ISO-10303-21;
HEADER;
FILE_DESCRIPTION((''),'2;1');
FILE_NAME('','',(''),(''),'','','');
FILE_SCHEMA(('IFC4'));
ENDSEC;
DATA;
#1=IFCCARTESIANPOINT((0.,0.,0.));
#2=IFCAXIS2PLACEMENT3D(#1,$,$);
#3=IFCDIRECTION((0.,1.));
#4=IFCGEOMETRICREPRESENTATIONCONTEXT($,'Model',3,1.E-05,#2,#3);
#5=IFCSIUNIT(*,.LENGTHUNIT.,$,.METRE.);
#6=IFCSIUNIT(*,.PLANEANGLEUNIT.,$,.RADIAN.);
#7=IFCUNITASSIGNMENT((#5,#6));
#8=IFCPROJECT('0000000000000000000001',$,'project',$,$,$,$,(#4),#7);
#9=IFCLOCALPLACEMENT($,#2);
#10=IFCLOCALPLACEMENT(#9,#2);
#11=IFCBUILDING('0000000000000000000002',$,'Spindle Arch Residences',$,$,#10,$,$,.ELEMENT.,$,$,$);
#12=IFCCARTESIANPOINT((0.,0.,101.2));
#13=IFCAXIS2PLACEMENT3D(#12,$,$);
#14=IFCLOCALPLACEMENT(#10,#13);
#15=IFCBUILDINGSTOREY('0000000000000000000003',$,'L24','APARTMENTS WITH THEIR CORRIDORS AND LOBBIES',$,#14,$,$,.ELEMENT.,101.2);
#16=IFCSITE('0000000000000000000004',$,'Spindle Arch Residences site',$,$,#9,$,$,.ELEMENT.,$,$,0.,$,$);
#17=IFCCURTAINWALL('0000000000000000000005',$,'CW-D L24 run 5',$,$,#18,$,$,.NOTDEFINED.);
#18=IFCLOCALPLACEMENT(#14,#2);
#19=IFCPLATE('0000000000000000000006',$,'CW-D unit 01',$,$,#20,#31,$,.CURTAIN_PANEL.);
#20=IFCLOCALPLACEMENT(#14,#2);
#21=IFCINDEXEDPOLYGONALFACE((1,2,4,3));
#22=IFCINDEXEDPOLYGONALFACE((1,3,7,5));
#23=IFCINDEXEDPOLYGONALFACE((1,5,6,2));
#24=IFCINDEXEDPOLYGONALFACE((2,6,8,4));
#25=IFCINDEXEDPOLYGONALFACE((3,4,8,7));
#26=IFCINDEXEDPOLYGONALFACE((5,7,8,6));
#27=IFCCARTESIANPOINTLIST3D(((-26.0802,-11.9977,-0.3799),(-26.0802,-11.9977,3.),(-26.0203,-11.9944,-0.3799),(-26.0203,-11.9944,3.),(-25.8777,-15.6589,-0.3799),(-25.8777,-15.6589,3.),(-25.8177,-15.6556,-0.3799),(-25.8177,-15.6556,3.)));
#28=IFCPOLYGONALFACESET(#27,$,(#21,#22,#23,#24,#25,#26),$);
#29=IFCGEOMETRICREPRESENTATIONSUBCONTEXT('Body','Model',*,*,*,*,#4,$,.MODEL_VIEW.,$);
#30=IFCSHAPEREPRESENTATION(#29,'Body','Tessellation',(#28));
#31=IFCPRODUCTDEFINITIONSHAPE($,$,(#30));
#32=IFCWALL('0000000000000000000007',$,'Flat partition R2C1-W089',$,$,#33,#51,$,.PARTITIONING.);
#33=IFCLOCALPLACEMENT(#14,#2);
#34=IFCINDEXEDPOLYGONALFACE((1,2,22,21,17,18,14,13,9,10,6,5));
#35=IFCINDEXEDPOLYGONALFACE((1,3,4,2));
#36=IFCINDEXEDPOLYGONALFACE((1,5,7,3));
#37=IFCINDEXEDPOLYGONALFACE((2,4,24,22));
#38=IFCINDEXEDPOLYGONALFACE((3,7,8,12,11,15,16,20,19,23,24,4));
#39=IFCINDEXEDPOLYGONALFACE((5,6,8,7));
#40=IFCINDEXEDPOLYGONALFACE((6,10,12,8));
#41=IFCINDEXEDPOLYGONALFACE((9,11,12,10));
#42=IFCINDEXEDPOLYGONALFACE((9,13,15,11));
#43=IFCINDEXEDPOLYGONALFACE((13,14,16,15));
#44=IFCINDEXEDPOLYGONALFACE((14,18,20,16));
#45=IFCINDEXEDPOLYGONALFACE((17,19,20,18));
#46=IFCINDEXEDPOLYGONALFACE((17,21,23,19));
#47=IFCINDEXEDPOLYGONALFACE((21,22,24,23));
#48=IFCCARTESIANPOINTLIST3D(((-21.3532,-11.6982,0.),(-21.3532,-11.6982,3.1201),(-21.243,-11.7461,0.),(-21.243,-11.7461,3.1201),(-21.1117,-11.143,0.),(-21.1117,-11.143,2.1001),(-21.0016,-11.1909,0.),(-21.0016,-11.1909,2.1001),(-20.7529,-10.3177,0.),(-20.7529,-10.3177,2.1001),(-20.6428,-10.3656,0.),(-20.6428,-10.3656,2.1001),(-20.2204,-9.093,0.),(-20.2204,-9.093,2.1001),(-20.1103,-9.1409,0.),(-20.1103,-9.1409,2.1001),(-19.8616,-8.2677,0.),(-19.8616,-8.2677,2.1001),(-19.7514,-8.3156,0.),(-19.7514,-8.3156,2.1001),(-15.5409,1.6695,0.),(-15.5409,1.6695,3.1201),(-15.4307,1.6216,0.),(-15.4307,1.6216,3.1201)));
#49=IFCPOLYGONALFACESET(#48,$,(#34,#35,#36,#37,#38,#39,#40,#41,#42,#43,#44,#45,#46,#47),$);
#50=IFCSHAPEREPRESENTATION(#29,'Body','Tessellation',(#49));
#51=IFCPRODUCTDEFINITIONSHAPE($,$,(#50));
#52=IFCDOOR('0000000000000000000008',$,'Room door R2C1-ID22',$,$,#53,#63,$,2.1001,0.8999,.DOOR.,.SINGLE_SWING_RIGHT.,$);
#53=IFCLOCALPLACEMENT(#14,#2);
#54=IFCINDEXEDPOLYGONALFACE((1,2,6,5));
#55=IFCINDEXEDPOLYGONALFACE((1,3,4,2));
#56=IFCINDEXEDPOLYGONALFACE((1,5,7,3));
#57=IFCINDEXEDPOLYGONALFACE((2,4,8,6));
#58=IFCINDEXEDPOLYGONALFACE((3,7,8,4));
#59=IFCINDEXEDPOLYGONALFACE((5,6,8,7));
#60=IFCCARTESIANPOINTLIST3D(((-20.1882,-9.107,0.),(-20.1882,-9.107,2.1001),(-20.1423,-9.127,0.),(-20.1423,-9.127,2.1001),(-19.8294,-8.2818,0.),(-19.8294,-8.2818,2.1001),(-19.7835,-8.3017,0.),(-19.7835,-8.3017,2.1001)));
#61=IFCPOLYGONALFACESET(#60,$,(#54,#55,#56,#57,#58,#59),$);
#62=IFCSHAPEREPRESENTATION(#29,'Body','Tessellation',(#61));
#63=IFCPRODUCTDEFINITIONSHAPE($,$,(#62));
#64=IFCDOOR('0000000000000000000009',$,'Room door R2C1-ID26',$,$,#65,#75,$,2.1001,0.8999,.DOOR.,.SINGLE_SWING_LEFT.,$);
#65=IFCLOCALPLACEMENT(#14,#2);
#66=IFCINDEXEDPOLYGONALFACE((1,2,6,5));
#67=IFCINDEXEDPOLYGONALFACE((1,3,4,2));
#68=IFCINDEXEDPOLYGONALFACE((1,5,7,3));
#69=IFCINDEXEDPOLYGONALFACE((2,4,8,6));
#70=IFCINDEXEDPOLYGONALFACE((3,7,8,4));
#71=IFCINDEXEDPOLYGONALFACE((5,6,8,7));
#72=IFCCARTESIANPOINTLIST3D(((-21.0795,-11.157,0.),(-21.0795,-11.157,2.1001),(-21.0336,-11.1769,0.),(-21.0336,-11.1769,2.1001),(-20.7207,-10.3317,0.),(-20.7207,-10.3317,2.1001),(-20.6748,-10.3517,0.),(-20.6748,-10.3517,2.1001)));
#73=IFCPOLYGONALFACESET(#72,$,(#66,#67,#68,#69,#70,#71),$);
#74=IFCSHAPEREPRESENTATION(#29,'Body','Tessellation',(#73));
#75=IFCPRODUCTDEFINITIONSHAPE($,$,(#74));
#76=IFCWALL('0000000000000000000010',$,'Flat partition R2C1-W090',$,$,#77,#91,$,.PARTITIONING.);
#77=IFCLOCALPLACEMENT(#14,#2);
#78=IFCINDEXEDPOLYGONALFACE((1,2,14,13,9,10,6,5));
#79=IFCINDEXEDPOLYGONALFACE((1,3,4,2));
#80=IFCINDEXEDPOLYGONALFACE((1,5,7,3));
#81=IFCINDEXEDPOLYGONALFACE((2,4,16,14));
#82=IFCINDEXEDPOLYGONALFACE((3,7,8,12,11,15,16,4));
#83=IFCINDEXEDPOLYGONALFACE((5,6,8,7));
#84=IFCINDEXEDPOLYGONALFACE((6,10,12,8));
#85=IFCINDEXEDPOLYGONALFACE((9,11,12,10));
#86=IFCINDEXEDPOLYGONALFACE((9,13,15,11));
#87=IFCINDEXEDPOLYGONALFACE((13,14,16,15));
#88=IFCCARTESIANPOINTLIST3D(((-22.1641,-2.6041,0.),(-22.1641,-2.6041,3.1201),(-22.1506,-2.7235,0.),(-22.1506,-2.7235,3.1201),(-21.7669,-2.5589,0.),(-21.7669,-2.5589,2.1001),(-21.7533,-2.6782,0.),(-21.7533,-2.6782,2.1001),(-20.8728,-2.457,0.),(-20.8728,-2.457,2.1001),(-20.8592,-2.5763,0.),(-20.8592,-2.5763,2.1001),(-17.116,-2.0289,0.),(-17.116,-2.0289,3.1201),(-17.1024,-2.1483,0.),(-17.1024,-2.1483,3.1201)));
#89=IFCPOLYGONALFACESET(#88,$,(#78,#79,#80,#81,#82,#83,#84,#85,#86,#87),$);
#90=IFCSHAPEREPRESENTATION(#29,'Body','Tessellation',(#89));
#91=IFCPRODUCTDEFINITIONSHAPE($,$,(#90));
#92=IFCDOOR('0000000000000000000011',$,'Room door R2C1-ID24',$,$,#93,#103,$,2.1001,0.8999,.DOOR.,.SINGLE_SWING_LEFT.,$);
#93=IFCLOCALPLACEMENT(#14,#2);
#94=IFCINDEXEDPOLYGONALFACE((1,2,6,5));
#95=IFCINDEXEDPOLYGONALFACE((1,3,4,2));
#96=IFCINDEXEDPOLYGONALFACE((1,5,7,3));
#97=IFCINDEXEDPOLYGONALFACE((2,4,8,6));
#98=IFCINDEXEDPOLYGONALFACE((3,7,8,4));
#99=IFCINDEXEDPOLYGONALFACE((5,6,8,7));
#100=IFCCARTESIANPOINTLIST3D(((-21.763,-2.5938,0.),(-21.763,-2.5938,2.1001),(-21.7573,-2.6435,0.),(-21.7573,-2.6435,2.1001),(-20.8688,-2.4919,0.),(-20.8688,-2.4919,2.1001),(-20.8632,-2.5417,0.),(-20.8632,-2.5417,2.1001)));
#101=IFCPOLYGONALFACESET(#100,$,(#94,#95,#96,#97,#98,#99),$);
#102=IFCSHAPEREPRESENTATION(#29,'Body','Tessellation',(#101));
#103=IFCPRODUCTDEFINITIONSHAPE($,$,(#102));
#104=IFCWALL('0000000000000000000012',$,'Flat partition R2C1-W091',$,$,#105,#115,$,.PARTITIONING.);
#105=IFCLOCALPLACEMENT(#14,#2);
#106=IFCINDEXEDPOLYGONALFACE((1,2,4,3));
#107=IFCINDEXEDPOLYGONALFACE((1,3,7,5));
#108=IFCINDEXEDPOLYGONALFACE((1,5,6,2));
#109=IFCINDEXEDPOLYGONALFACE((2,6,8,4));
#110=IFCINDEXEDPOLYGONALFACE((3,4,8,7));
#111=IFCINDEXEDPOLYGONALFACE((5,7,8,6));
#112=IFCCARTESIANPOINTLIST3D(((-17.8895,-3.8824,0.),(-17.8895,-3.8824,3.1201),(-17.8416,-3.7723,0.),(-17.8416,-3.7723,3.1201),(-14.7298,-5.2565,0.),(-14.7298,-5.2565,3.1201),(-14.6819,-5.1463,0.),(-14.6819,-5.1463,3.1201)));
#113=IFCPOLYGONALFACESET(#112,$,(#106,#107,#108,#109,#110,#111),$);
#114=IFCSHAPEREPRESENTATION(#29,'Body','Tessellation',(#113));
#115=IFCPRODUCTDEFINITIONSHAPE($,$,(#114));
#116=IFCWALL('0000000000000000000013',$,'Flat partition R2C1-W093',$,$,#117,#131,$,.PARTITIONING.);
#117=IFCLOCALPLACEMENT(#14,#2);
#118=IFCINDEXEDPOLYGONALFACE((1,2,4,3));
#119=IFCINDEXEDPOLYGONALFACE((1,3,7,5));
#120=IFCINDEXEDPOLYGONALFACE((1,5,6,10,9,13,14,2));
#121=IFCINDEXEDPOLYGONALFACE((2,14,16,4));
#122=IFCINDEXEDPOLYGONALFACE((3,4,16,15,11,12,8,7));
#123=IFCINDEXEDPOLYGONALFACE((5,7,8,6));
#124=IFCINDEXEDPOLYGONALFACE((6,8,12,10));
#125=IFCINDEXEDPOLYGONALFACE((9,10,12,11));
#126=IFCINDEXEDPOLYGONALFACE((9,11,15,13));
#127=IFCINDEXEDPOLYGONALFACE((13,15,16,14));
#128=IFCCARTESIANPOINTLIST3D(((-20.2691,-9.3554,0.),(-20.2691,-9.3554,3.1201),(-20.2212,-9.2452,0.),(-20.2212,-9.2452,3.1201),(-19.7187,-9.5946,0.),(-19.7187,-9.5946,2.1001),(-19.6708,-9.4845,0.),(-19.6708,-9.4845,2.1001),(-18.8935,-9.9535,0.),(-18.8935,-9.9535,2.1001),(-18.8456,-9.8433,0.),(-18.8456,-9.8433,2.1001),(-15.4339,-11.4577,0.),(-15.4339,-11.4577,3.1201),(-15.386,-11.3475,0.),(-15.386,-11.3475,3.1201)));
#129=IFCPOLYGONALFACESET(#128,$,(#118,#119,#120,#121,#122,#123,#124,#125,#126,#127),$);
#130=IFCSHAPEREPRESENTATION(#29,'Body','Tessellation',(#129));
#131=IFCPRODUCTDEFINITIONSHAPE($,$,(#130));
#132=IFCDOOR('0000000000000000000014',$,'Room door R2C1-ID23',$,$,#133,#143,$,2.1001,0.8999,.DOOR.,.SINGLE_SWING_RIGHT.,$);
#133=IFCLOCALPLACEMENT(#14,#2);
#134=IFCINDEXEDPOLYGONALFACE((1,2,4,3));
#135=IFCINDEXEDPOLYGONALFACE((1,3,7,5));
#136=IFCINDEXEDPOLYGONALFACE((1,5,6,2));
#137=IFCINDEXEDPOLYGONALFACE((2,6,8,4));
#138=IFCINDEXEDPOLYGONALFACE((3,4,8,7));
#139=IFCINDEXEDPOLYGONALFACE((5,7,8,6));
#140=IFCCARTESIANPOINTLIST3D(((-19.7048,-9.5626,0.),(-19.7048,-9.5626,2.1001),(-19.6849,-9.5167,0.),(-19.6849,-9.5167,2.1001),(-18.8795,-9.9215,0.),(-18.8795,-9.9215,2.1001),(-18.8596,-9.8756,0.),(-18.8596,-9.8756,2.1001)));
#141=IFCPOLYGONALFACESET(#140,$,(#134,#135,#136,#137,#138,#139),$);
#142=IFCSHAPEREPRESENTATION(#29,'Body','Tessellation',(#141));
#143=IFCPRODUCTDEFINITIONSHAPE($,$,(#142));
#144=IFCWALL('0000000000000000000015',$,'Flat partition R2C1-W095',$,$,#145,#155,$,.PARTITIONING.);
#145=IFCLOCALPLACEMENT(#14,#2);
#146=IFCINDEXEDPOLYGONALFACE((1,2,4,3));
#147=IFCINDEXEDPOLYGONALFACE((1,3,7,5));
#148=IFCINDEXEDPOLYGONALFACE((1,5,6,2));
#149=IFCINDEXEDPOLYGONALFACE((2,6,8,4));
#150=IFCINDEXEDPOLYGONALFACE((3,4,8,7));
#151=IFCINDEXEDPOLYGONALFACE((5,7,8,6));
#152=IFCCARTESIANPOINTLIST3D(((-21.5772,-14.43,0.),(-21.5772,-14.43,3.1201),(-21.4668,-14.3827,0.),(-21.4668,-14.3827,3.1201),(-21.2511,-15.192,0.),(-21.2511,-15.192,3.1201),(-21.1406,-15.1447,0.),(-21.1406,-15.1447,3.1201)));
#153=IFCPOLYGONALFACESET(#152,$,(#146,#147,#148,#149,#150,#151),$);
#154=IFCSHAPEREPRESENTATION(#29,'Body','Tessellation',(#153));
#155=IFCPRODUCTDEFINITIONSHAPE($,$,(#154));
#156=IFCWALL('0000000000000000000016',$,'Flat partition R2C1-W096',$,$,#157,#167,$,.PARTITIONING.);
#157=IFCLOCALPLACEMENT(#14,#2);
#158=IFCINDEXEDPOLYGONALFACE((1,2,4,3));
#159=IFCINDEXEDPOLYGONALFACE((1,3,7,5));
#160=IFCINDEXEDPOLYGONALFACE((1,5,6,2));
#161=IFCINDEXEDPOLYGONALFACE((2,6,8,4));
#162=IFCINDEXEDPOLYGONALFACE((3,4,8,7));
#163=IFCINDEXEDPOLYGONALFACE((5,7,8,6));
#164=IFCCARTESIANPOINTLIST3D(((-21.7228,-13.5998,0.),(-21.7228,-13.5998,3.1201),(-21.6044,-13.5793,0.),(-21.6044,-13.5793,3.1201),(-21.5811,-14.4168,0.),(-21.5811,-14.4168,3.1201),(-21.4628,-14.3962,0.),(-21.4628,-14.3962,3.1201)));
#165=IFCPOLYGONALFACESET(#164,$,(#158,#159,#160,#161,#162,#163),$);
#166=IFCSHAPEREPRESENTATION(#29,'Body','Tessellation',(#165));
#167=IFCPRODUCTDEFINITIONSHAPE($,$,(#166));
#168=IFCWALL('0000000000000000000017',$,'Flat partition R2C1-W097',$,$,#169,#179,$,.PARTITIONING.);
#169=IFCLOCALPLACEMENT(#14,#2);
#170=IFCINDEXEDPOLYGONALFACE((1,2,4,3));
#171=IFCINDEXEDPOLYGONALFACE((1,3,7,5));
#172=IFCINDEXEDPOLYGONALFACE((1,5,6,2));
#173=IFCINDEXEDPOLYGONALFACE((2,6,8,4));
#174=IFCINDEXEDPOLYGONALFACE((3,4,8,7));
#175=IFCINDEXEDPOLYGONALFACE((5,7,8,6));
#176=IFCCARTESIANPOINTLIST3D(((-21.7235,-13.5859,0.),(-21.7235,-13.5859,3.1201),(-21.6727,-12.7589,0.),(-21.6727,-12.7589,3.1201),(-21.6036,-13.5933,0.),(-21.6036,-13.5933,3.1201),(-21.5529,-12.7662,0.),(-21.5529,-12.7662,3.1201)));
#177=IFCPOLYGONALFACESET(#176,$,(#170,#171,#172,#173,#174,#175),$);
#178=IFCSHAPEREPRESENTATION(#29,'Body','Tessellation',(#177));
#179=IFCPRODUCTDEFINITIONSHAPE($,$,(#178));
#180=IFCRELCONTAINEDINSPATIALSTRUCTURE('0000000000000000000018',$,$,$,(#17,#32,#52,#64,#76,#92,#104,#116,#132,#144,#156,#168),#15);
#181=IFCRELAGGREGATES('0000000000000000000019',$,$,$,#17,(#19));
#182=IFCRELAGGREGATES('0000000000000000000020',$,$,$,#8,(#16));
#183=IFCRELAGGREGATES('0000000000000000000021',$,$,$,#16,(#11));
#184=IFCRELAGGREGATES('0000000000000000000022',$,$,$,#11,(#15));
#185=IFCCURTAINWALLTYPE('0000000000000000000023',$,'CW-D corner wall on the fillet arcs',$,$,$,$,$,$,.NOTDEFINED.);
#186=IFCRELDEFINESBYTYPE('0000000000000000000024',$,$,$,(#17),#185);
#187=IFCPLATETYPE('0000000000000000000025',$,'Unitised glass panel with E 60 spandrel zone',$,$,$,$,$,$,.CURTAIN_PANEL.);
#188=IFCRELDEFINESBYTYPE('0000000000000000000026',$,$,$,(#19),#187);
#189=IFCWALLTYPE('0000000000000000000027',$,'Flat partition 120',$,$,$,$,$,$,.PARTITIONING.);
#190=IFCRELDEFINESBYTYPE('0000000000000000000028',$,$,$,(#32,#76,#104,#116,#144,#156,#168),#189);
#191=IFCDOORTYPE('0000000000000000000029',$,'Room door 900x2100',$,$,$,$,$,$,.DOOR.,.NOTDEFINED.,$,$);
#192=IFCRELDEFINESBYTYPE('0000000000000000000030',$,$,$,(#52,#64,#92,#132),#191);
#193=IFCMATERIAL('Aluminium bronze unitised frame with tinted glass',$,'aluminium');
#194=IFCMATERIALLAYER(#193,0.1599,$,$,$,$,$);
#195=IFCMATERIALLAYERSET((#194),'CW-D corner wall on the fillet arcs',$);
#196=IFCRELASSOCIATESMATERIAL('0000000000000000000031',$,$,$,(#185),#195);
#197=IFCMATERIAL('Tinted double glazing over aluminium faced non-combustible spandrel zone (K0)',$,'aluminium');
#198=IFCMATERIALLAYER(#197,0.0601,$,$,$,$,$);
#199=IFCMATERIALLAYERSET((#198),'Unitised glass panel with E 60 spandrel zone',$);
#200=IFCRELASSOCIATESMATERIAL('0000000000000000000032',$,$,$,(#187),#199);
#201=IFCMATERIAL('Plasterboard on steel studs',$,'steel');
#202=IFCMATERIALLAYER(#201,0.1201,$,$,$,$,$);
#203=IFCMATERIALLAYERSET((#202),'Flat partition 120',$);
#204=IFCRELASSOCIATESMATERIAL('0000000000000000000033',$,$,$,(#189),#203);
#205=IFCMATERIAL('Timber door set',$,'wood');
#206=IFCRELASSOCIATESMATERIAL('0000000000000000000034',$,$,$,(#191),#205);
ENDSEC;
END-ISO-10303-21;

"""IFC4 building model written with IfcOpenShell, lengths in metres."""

from ifc_helpers import new_model, si_unit, direction, frame, frame_2d, origin, origin_2d, place, context, subcontext, project, spatial, rectangle, extrude, material, layer, layer_set, type_object, element, fill, aggregate, save


model = new_model("IFC4")

# Units and contexts
model_context = context("Model", 3, precision=1e-05, world=origin(), true_north=direction((0.0, 1.0)))
body_context = subcontext(model_context, "Body", "Model", "MODEL_VIEW")
ifc_project = project(units=[si_unit("LENGTHUNIT", "METRE"), si_unit("PLANEANGLEUNIT", "RADIAN")], contexts=[model_context])

# Site, building, storey
site_placement = place(None, origin())
site = spatial("IfcSite", under=ifc_project, at=site_placement, Name="Spindle Arch Residences site", CompositionType="ELEMENT", RefElevation=0.0)
building_placement = place(site_placement, origin())
building = spatial("IfcBuilding", under=site, at=building_placement, Name="Spindle Arch Residences", CompositionType="ELEMENT")
storey_placement = place(building_placement, frame((0.0, 0.0, 101.2)))
storey = spatial("IfcBuildingStorey", under=building, at=storey_placement, Name="L24", Description="APARTMENTS WITH THEIR CORRIDORS AND LOBBIES", CompositionType="ELEMENT", Elevation=101.2)

# Curtain wall
ifc_material_1 = material(Name="Aluminium bronze unitised frame with tinted glass", Category="aluminium")
ifc_layer_1 = layer(ifc_material_1, 0.1599)
ifc_layer_set_1 = layer_set([ifc_layer_1], Name="CW-D corner wall on the fillet arcs")
curtain_wall_type_1 = type_object("IfcCurtainWallType", Name="CW-D corner wall on the fillet arcs", PredefinedType="NOTDEFINED", material=ifc_layer_set_1)
curtain_wall_1_placement = place(storey_placement, origin())
curtain_wall_1 = element("IfcCurtainWall", 1, at=curtain_wall_1_placement, inside=storey, type_object=curtain_wall_type_1, Name="CW-D L24 run 5", PredefinedType="NOTDEFINED")

# Shared definitions
ifc_material_2 = material(Name="Tinted double glazing over aluminium faced non-combustible spandrel zone (K0)", Category="aluminium")
ifc_layer_2 = layer(ifc_material_2, 0.0601)
ifc_layer_set_2 = layer_set([ifc_layer_2], Name="Unitised glass panel with E 60 spandrel zone")
plate_type = type_object("IfcPlateType", Name="Unitised glass panel with E 60 spandrel zone", PredefinedType="CURTAIN_PANEL", material=ifc_layer_set_2)

# Plate
plate_1_placement = place(storey_placement, frame((-25.949, -13.8267, -0.3799), z_axis=(0.0, 0.0, 1.0), x_axis=(0.055241, -0.998473, 0.0)))
plate_1 = element("IfcPlate", 2, at=plate_1_placement, type_object=plate_type, Name="CW-D unit 01", PredefinedType="CURTAIN_PANEL", context=body_context, shape_type="SweptSolid", body=[
    extrude(rectangle(XDim=3.6667, YDim=0.0601, at=origin_2d()), origin(), (0.0, 0.0, 1.0), 3.3799),
])
aggregate(curtain_wall_1, [plate_1])

# Wall, openings, doors
ifc_material_3 = material(Name="Plasterboard on steel studs", Category="steel")
ifc_layer_3 = layer(ifc_material_3, 0.1201)
ifc_layer_set_3 = layer_set([ifc_layer_3], Name="Flat partition 120")
wall_type_1 = type_object("IfcWallType", Name="Flat partition 120", PredefinedType="PARTITIONING", material=ifc_layer_set_3)
wall_1_placement = place(storey_placement, frame((-21.2981, -11.7222, 0.0), z_axis=(0.0, 0.0, 1.0), x_axis=(0.398739, 0.917064, 0.0)))
wall_1 = element("IfcWall", 3, at=wall_1_placement, inside=storey, type_object=wall_type_1, Name="Flat partition R2C1-W089", PredefinedType="PARTITIONING", context=body_context, shape_type="SweptSolid", body=[
    extrude(rectangle(XDim=14.5767, YDim=0.1201, at=frame_2d((7.2883, 0.0))), origin(), (0.0, 0.0, 1.0), 3.1201),
])
opening_1_placement = place(wall_1_placement, frame((2.8408, 0.0, 0.0)))
opening_1 = element("IfcOpeningElement", 4, at=opening_1_placement, cuts=wall_1, PredefinedType="OPENING", context=body_context, shape_type="SweptSolid", body=[
    extrude(rectangle(XDim=0.8999, YDim=2.1001, at=frame_2d((0.45, 1.05))), frame((0.0, 0.0701, 0.0), z_axis=(0.0, -1.0, 0.0), x_axis=(1.0, 0.0, 0.0)), (0.0, 0.0, 1.0), 0.1401),
])
opening_2_placement = place(wall_1_placement, frame((0.6055, 0.0, 0.0)))
opening_2 = element("IfcOpeningElement", 5, at=opening_2_placement, cuts=wall_1, PredefinedType="OPENING", context=body_context, shape_type="SweptSolid", body=[
    extrude(rectangle(XDim=0.8999, YDim=2.1001, at=frame_2d((0.45, 1.05))), frame((0.0, 0.0701, 0.0), z_axis=(0.0, -1.0, 0.0), x_axis=(1.0, 0.0, 0.0)), (0.0, 0.0, 1.0), 0.1401),
])
ifc_material_4 = material(Name="Timber door set", Category="wood")
door_type_1 = type_object("IfcDoorType", Name="Room door 900x2100", OperationType="NOTDEFINED", PredefinedType="DOOR", material=ifc_material_4)
door_1_placement = place(opening_1_placement, origin())
door_1 = element("IfcDoor", 6, at=door_1_placement, inside=storey, type_object=door_type_1, Name="Room door R2C1-ID22", OperationType="SINGLE_SWING_RIGHT", OverallHeight=2.1001, OverallWidth=0.8999, PredefinedType="DOOR", context=body_context, shape_type="SweptSolid", body=[
    extrude(rectangle(XDim=0.8999, YDim=2.1001, at=frame_2d((0.45, 1.05))), frame((0.0, 0.0249, 0.0), z_axis=(0.0, -1.0, 0.0), x_axis=(1.0, 0.0, 0.0)), (0.0, 0.0, 1.0), 0.05),
])
fill(opening_1, door_1)
door_2_placement = place(opening_2_placement, origin())
door_2 = element("IfcDoor", 7, at=door_2_placement, inside=storey, type_object=door_type_1, Name="Room door R2C1-ID26", OperationType="SINGLE_SWING_LEFT", OverallHeight=2.1001, OverallWidth=0.8999, PredefinedType="DOOR", context=body_context, shape_type="SweptSolid", body=[
    extrude(rectangle(XDim=0.8999, YDim=2.1001, at=frame_2d((0.45, 1.05))), frame((0.0, 0.0249, 0.0), z_axis=(0.0, -1.0, 0.0), x_axis=(1.0, 0.0, 0.0)), (0.0, 0.0, 1.0), 0.05),
])
fill(opening_2, door_2)

# Wall, opening, door
wall_2_placement = place(storey_placement, frame((-22.1575, -2.6638, 0.0), z_axis=(0.0, 0.0, 1.0), x_axis=(0.993571, 0.11321, 0.0)))
wall_2 = element("IfcWall", 8, at=wall_2_placement, inside=storey, type_object=wall_type_1, Name="Flat partition R2C1-W090", PredefinedType="PARTITIONING", context=body_context, shape_type="SweptSolid", body=[
    extrude(rectangle(XDim=5.0808, YDim=0.1201, at=frame_2d((2.5405, 0.0))), origin(), (0.0, 0.0, 1.0), 3.1201),
])
opening_3_placement = place(wall_2_placement, frame((0.3999, 0.0, 0.0)))
opening_3 = element("IfcOpeningElement", 9, at=opening_3_placement, cuts=wall_2, PredefinedType="OPENING", context=body_context, shape_type="SweptSolid", body=[
    extrude(rectangle(XDim=0.8999, YDim=2.1001, at=frame_2d((0.45, 1.05))), frame((0.0, 0.0701, 0.0), z_axis=(0.0, -1.0, 0.0), x_axis=(1.0, 0.0, 0.0)), (0.0, 0.0, 1.0), 0.1401),
])
door_3_placement = place(opening_3_placement, origin())
door_3 = element("IfcDoor", 10, at=door_3_placement, inside=storey, type_object=door_type_1, Name="Room door R2C1-ID24", OperationType="SINGLE_SWING_LEFT", OverallHeight=2.1001, OverallWidth=0.8999, PredefinedType="DOOR", context=body_context, shape_type="SweptSolid", body=[
    extrude(rectangle(XDim=0.8999, YDim=2.1001, at=frame_2d((0.45, 1.05))), frame((0.0, 0.0249, 0.0), z_axis=(0.0, -1.0, 0.0), x_axis=(1.0, 0.0, 0.0)), (0.0, 0.0, 1.0), 0.05),
])
fill(opening_3, door_3)

# Wall
wall_3_placement = place(storey_placement, frame((-17.8655, -3.8274, 0.0), z_axis=(0.0, 0.0, 1.0), x_axis=(0.917043, -0.398788, 0.0)))
element("IfcWall", 11, at=wall_3_placement, inside=storey, type_object=wall_type_1, Name="Flat partition R2C1-W091", PredefinedType="PARTITIONING", context=body_context, shape_type="SweptSolid", body=[
    extrude(rectangle(XDim=3.4456, YDim=0.1201, at=frame_2d((1.7227, 0.0))), origin(), (0.0, 0.0, 1.0), 3.1201),
])

# Wall, opening, door
wall_4_placement = place(storey_placement, frame((-20.2451, -9.3003, 0.0), z_axis=(0.0, 0.0, 1.0), x_axis=(0.917068, -0.398731, 0.0)))
wall_4 = element("IfcWall", 12, at=wall_4_placement, inside=storey, type_object=wall_type_1, Name="Flat partition R2C1-W093", PredefinedType="PARTITIONING", context=body_context, shape_type="SweptSolid", body=[
    extrude(rectangle(XDim=5.2725, YDim=0.1201, at=frame_2d((2.6362, 0.0))), origin(), (0.0, 0.0, 1.0), 3.1201),
])
opening_4_placement = place(wall_4_placement, frame((0.6001, 0.0, 0.0)))
opening_4 = element("IfcOpeningElement", 13, at=opening_4_placement, cuts=wall_4, PredefinedType="OPENING", context=body_context, shape_type="SweptSolid", body=[
    extrude(rectangle(XDim=0.8999, YDim=2.1001, at=frame_2d((0.45, 1.05))), frame((0.0, 0.0701, 0.0), z_axis=(0.0, -1.0, 0.0), x_axis=(1.0, 0.0, 0.0)), (0.0, 0.0, 1.0), 0.1401),
])
door_4_placement = place(opening_4_placement, origin())
door_4 = element("IfcDoor", 14, at=door_4_placement, inside=storey, type_object=door_type_1, Name="Room door R2C1-ID23", OperationType="SINGLE_SWING_RIGHT", OverallHeight=2.1001, OverallWidth=0.8999, PredefinedType="DOOR", context=body_context, shape_type="SweptSolid", body=[
    extrude(rectangle(XDim=0.8999, YDim=2.1001, at=frame_2d((0.45, 1.05))), frame((0.0, 0.0249, 0.0), z_axis=(0.0, -1.0, 0.0), x_axis=(1.0, 0.0, 0.0)), (0.0, 0.0, 1.0), 0.05),
])
fill(opening_4, door_4)

# Walls
wall_5_placement = place(storey_placement, frame((-21.1958, -15.1685, 0.0), z_axis=(0.0, 0.0, 1.0), x_axis=(-0.393528, 0.919313, 0.0)))
element("IfcWall", 15, at=wall_5_placement, inside=storey, type_object=wall_type_1, Name="Flat partition R2C1-W095", PredefinedType="PARTITIONING", context=body_context, shape_type="SweptSolid", body=[
    extrude(rectangle(XDim=0.8289, YDim=0.1201, at=frame_2d((0.4146, 0.0))), origin(), (0.0, 0.0, 1.0), 3.1201),
])
wall_6_placement = place(storey_placement, frame((-21.522, -14.4065, 0.0), z_axis=(0.0, 0.0, 1.0), x_axis=(-0.170794, 0.985307, 0.0)))
element("IfcWall", 16, at=wall_6_placement, inside=storey, type_object=wall_type_1, Name="Flat partition R2C1-W096", PredefinedType="PARTITIONING", context=body_context, shape_type="SweptSolid", body=[
    extrude(rectangle(XDim=0.8291, YDim=0.1201, at=frame_2d((0.4146, 0.0))), origin(), (0.0, 0.0, 1.0), 3.1201),
])
wall_7_placement = place(storey_placement, frame((-21.6636, -13.5896, 0.0), z_axis=(0.0, 0.0, 1.0), x_axis=(0.061278, 0.998121, 0.0)))
element("IfcWall", 17, at=wall_7_placement, inside=storey, type_object=wall_type_1, Name="Flat partition R2C1-W097", PredefinedType="PARTITIONING", context=body_context, shape_type="SweptSolid", body=[
    extrude(rectangle(XDim=0.8286, YDim=0.1201, at=frame_2d((0.4143, 0.0))), origin(), (0.0, 0.0, 1.0), 3.1201),
])

save(model, "model.ifc")
